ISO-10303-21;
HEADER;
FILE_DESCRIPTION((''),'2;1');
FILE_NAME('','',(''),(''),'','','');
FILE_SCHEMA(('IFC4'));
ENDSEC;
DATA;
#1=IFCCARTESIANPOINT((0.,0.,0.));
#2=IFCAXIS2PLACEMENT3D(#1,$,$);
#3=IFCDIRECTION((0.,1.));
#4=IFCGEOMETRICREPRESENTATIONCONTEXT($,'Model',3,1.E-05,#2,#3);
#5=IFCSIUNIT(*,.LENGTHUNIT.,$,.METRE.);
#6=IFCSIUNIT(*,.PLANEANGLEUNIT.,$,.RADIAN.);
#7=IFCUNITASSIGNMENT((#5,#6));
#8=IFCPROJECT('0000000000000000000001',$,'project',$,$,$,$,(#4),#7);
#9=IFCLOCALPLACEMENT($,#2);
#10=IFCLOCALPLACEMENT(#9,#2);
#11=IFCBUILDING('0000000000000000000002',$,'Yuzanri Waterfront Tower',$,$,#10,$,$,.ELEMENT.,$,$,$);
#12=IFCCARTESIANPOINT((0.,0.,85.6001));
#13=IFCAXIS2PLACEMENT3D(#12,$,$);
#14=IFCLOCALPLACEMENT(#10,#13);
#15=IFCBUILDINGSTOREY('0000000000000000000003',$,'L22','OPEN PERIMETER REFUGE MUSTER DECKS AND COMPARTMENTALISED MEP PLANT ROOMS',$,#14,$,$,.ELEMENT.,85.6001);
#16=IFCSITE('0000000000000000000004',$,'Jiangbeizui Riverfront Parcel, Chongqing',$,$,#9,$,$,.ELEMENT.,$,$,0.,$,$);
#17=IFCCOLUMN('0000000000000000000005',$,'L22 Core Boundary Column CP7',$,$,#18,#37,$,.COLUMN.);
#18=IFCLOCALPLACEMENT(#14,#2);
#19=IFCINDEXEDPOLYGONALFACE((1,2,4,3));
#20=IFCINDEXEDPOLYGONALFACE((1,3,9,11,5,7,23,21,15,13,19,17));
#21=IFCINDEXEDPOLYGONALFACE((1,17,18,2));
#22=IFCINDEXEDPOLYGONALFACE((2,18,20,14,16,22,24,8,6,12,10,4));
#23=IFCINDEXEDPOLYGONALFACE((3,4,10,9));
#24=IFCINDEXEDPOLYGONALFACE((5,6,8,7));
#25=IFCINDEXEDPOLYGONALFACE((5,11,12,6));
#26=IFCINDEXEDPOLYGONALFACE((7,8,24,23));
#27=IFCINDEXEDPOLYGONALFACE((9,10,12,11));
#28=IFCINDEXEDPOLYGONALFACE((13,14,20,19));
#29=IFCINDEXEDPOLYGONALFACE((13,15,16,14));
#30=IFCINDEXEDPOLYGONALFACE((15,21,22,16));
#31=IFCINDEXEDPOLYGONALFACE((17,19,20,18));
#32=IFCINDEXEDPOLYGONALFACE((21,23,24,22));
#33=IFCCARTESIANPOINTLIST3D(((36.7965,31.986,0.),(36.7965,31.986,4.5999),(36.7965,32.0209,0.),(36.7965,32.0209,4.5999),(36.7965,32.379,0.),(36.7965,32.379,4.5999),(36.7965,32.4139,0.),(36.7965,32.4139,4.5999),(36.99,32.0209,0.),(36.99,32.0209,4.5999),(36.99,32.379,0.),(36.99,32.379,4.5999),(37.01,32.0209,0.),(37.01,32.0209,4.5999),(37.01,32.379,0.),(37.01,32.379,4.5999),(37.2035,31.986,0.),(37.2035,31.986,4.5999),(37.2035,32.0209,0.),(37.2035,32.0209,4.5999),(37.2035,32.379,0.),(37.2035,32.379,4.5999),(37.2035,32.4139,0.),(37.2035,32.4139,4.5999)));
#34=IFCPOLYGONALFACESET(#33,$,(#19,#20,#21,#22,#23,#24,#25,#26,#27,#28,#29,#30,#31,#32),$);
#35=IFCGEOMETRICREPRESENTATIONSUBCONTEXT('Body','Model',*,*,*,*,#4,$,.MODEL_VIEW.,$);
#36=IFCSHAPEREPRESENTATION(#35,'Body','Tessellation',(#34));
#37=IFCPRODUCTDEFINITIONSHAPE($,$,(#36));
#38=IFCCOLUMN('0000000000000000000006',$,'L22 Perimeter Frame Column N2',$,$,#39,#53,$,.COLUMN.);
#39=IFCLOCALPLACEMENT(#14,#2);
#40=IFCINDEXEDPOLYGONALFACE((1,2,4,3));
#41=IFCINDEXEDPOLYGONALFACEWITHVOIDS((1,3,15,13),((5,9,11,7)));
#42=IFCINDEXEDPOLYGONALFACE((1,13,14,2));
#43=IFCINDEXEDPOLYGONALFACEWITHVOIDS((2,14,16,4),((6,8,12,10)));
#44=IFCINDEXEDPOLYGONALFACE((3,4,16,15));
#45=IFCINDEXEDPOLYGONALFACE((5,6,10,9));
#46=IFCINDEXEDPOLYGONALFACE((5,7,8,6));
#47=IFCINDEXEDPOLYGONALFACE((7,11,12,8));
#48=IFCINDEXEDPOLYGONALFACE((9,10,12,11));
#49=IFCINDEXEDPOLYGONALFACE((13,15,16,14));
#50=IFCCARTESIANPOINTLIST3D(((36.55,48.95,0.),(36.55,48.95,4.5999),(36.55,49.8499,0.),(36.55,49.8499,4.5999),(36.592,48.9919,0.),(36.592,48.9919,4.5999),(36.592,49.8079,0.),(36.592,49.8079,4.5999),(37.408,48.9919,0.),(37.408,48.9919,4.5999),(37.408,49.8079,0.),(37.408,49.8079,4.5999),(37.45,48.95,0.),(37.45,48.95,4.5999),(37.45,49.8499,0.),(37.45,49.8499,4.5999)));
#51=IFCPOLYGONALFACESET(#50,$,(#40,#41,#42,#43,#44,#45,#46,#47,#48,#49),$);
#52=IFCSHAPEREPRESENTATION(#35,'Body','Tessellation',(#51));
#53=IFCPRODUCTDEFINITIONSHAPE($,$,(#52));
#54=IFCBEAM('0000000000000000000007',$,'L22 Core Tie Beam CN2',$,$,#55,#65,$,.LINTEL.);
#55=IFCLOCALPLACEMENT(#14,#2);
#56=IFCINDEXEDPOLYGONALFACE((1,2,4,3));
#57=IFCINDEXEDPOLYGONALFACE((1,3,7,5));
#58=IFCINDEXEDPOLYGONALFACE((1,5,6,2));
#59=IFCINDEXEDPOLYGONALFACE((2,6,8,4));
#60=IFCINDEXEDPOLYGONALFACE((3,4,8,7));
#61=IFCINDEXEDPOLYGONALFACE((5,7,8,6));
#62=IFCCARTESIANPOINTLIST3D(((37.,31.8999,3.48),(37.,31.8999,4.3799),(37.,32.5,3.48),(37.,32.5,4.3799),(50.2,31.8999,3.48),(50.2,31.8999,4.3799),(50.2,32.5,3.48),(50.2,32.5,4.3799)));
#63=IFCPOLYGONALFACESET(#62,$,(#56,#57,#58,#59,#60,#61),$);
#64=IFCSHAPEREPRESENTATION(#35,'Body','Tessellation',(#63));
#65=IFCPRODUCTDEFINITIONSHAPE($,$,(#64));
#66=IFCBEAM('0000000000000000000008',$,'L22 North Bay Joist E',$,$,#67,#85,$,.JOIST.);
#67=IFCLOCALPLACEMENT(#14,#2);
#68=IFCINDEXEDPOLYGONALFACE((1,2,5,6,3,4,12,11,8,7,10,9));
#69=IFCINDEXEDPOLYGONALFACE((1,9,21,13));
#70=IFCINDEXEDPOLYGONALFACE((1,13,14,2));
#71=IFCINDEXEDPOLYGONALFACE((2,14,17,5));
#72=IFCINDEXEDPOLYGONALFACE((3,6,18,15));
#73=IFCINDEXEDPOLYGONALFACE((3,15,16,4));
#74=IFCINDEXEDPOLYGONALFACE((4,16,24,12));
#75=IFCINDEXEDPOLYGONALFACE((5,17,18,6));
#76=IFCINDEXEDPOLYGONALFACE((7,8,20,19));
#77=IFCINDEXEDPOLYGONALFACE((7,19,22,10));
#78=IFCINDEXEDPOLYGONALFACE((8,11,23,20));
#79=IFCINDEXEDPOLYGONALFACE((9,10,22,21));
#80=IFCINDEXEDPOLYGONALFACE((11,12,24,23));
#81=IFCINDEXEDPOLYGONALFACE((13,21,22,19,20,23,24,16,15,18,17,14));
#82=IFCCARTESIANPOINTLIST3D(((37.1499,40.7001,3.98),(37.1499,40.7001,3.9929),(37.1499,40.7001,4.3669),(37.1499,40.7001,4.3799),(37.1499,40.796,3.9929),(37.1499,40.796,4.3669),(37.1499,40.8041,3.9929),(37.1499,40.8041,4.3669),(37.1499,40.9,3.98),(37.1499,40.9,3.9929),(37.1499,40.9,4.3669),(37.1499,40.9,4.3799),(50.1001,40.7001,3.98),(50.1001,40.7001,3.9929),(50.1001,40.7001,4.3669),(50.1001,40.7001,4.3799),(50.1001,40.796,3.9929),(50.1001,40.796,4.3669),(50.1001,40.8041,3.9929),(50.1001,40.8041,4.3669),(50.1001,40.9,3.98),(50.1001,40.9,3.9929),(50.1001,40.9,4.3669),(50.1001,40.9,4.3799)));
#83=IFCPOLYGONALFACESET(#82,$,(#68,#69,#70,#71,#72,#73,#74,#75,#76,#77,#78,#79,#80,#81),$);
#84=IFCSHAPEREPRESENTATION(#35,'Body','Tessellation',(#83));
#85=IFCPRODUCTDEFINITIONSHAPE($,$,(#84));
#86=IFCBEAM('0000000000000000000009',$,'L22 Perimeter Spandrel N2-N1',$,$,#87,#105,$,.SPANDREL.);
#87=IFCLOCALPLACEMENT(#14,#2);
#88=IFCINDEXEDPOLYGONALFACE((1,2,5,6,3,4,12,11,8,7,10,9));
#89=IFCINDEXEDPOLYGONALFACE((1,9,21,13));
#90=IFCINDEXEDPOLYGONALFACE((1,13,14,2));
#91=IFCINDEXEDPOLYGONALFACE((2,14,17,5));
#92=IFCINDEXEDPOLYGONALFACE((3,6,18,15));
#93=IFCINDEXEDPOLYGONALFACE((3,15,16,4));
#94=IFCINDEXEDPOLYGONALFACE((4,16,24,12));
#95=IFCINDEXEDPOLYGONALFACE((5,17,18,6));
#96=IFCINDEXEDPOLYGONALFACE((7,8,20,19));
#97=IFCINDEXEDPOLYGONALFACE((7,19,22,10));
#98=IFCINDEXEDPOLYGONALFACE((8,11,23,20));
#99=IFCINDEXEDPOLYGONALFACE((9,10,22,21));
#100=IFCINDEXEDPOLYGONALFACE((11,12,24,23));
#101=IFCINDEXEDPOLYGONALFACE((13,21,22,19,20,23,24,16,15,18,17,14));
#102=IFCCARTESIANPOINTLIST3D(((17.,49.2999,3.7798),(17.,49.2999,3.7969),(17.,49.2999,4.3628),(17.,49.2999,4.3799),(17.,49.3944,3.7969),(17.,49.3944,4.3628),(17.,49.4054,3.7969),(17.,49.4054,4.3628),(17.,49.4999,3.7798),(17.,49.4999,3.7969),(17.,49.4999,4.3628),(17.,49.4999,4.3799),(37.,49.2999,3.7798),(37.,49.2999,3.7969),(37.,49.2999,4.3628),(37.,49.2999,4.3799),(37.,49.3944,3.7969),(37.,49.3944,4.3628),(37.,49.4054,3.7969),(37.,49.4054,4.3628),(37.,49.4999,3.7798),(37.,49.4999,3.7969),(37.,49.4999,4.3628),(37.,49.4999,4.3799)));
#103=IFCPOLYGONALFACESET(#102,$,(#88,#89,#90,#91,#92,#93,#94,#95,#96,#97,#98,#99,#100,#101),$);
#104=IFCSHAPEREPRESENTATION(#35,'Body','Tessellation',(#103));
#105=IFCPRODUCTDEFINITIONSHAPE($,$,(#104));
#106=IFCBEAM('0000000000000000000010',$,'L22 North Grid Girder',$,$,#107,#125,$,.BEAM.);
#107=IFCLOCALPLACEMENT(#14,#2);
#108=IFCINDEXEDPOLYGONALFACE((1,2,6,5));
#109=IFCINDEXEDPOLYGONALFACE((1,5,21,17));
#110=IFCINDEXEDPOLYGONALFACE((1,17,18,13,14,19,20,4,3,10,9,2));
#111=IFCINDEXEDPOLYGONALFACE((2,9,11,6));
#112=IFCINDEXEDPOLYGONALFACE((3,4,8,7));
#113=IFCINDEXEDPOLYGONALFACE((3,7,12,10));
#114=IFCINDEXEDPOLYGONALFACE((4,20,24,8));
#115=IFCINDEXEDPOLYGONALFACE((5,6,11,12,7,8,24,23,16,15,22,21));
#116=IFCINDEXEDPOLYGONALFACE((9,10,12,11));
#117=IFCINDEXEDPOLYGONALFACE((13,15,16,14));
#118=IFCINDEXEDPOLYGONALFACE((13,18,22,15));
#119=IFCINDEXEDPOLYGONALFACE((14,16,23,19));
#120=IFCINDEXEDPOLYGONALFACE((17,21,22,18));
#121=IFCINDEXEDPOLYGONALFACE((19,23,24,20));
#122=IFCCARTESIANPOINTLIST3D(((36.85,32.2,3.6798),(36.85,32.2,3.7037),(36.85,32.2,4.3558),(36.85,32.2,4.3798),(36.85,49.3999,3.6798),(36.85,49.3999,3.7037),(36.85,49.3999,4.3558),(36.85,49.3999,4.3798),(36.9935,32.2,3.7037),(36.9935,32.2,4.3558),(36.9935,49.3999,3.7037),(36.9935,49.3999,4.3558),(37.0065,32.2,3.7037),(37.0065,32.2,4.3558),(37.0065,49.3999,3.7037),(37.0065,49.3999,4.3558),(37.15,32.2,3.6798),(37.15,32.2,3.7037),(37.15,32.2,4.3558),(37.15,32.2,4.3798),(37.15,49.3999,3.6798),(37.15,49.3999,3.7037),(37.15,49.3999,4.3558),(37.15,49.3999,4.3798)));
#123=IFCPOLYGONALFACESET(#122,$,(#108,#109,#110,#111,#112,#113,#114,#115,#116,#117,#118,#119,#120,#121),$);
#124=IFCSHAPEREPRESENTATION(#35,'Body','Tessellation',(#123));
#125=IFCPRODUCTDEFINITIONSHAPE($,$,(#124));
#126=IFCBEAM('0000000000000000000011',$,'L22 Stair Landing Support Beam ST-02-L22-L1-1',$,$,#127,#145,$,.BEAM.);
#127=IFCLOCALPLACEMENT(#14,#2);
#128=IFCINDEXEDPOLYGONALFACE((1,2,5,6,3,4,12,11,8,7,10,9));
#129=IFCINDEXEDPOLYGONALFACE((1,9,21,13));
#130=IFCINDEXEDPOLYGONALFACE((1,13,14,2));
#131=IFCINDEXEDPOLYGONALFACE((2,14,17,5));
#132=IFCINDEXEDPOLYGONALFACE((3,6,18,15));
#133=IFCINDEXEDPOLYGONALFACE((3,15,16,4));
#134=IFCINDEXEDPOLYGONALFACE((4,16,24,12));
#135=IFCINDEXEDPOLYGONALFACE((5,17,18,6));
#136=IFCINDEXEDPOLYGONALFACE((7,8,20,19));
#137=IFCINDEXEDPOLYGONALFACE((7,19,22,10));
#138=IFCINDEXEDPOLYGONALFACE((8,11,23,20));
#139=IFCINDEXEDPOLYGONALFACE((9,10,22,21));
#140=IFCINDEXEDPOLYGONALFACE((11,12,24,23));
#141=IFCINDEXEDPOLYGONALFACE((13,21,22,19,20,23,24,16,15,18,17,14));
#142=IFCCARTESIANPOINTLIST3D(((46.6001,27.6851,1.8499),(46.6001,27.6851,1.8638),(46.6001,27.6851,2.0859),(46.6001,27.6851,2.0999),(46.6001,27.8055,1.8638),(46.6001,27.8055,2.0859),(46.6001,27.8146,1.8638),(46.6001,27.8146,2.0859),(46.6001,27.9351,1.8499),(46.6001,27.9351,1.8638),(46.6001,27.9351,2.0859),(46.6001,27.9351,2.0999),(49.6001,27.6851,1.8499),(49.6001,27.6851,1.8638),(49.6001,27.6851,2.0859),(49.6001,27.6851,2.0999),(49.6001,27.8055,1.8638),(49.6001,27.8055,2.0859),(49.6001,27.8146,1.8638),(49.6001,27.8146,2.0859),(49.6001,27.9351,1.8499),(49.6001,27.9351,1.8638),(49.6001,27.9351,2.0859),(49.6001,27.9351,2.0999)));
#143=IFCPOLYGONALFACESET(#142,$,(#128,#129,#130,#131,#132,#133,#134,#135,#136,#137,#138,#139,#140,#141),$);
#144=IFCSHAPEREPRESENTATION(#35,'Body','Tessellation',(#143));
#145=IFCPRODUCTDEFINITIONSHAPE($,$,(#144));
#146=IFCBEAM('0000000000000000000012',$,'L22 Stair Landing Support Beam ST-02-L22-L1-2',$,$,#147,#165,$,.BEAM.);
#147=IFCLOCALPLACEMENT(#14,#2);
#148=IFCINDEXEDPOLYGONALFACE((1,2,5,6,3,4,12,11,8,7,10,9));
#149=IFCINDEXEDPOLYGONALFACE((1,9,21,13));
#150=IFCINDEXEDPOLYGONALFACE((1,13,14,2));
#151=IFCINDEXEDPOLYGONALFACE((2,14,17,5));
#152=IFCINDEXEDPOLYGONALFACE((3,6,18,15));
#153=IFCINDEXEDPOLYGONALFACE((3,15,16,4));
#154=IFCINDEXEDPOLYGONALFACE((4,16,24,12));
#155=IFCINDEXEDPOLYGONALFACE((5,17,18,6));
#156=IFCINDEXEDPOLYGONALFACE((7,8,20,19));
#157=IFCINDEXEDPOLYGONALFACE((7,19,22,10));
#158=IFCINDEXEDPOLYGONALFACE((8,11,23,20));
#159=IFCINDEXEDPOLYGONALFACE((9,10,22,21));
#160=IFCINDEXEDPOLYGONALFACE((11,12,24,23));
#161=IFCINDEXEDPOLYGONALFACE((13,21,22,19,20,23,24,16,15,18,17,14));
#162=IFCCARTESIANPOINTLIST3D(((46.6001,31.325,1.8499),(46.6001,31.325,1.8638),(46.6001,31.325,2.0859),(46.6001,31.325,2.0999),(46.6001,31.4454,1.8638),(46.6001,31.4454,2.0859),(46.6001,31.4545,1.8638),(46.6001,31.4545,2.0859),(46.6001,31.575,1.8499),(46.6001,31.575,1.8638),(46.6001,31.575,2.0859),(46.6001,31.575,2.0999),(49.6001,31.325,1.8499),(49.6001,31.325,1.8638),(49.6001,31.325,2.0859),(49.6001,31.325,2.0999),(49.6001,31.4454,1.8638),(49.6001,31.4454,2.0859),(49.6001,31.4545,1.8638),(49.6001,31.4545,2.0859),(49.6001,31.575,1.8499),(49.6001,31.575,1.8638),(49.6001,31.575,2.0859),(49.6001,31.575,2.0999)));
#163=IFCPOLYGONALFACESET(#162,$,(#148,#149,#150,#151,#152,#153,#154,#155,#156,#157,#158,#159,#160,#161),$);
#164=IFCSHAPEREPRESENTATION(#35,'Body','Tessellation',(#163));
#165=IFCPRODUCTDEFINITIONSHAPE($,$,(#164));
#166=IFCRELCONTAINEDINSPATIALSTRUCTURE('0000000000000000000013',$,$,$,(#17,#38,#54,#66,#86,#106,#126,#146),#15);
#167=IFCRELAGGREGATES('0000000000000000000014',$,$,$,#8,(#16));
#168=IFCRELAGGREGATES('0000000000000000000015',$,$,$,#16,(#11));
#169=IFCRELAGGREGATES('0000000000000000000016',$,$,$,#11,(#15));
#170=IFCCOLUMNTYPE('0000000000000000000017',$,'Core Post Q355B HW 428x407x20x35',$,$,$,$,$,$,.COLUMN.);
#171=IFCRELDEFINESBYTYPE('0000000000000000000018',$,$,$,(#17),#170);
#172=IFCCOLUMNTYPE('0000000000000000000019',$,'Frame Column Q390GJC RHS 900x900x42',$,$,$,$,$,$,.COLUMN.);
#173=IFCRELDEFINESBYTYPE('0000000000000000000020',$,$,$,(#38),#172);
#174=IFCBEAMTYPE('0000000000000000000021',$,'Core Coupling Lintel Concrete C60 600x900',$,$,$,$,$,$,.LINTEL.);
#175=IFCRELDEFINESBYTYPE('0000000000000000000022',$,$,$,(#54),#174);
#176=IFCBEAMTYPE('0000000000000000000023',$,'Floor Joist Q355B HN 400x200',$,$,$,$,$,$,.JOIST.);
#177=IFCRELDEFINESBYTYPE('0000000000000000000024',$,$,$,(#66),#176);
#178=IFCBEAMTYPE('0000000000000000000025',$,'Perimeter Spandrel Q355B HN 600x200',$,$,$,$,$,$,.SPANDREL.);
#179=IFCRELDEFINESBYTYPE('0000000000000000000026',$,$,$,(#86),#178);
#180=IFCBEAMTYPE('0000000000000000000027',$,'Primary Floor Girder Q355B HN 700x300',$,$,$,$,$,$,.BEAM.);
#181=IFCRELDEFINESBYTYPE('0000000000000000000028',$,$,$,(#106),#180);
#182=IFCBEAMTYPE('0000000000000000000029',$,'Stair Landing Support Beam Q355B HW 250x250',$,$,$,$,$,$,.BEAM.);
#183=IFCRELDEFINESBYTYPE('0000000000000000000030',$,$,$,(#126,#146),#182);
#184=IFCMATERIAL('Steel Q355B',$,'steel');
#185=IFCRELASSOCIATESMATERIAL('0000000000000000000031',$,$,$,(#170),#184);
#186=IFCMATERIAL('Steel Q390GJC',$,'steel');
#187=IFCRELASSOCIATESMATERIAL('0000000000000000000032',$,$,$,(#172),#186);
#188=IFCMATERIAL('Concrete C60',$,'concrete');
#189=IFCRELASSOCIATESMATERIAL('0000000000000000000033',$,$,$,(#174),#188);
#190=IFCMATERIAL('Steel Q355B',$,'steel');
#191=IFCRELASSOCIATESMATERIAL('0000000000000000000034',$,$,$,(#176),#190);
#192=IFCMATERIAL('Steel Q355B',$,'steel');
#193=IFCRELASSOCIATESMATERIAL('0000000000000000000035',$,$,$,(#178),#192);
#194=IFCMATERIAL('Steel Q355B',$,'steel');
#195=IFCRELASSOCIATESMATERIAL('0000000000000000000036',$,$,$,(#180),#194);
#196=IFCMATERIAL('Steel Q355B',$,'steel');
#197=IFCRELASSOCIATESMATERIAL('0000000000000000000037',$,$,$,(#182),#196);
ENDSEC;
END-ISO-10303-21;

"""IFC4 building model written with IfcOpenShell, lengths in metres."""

from ifc_helpers import new_model, si_unit, direction, frame, origin, origin_2d, place, context, subcontext, project, spatial, rectangle, hollow_rectangle, i_section, extrude, source, transform, mapped, material, material_profile, profile_set, type_object, element, save


model = new_model("IFC4")

# Units and contexts
model_context = context("Model", 3, precision=1e-05, world=origin(), true_north=direction((0.0, 1.0)))
body_context = subcontext(model_context, "Body", "Model", "MODEL_VIEW")
ifc_project = project(units=[si_unit("LENGTHUNIT", "METRE"), si_unit("PLANEANGLEUNIT", "RADIAN")], contexts=[model_context])

# Site, building, storey
site_placement = place(None, origin())
site = spatial("IfcSite", under=ifc_project, at=site_placement, Name="Jiangbeizui Riverfront Parcel, Chongqing", CompositionType="ELEMENT", RefElevation=0.0)
building_placement = place(site_placement, origin())
building = spatial("IfcBuilding", under=site, at=building_placement, Name="Yuzanri Waterfront Tower", CompositionType="ELEMENT")
storey_placement = place(building_placement, frame((0.0, 0.0, 85.6001)))
storey = spatial("IfcBuildingStorey", under=building, at=storey_placement, Name="L22", Description="OPEN PERIMETER REFUGE MUSTER DECKS AND COMPARTMENTALISED MEP PLANT ROOMS", CompositionType="ELEMENT", Elevation=85.6001)

# Columns
ifc_material_1 = material(Name="Steel Q355B", Category="steel")
ifc_material_profile_1 = material_profile(ifc_material_1, i_section(OverallWidth=0.407, OverallDepth=0.428, WebThickness=0.02, FlangeThickness=0.0349, at=origin_2d()), Name="HW 428x407x20x35")
ifc_profile_set_1 = profile_set([ifc_material_profile_1], Name="Steel Q355B")
column_type_1 = type_object("IfcColumnType", Name="Core Post Q355B HW 428x407x20x35", PredefinedType="COLUMN", material=ifc_profile_set_1)
shared_shape_1 = source(origin(), body_context, "Body", "SweptSolid", [
    extrude(i_section(OverallWidth=0.407, OverallDepth=0.428, WebThickness=0.02, FlangeThickness=0.0349, at=origin_2d()), origin(), (0.0, 0.0, 1.0), 4.5999),
])
column_1_placement = place(storey_placement, frame((37.0, 32.2, 0.0), z_axis=(0.0, 0.0, 1.0), x_axis=(1.0, 0.0, 0.0)))
element("IfcColumn", 1, at=column_1_placement, inside=storey, type_object=column_type_1, Name="L22 Core Boundary Column CP7", PredefinedType="COLUMN", context=body_context, shape_type="MappedRepresentation", body=[
    mapped(shared_shape_1, transform((0.0, 0.0, 0.0), scale=1.0)),
])
ifc_material_2 = material(Name="Steel Q390GJC", Category="steel")
ifc_material_profile_2 = material_profile(ifc_material_2, hollow_rectangle(XDim=0.8999, YDim=0.8999, WallThickness=0.042, at=origin_2d()), Name="RHS 900x900x42")
ifc_profile_set_2 = profile_set([ifc_material_profile_2], Name="Steel Q390GJC")
column_type_2 = type_object("IfcColumnType", Name="Frame Column Q390GJC RHS 900x900x42", PredefinedType="COLUMN", material=ifc_profile_set_2)
shared_shape_2 = source(origin(), body_context, "Body", "SweptSolid", [
    extrude(hollow_rectangle(XDim=0.8999, YDim=0.8999, WallThickness=0.042, at=origin_2d()), origin(), (0.0, 0.0, 1.0), 4.5999),
])
column_2_placement = place(storey_placement, frame((37.0, 49.3999, 0.0), z_axis=(0.0, 0.0, 1.0), x_axis=(1.0, 0.0, 0.0)))
element("IfcColumn", 2, at=column_2_placement, inside=storey, type_object=column_type_2, Name="L22 Perimeter Frame Column N2", PredefinedType="COLUMN", context=body_context, shape_type="MappedRepresentation", body=[
    mapped(shared_shape_2, transform((0.0, 0.0, 0.0), scale=1.0)),
])

# Beams
ifc_material_3 = material(Name="Concrete C60", Category="concrete")
ifc_material_profile_3 = material_profile(ifc_material_3, rectangle(XDim=0.6001, YDim=0.8999, at=origin_2d()), Name="RC 600x900")
ifc_profile_set_3 = profile_set([ifc_material_profile_3], Name="Concrete C60")
beam_type_1 = type_object("IfcBeamType", Name="Core Coupling Lintel Concrete C60 600x900", PredefinedType="LINTEL", material=ifc_profile_set_3)
shared_shape_3 = source(origin(), body_context, "Body", "SweptSolid", [
    extrude(rectangle(XDim=0.6001, YDim=0.8999, at=origin_2d()), origin(), (0.0, 0.0, 1.0), 13.2),
])
beam_1_placement = place(storey_placement, frame((37.0, 32.2, 3.9299), z_axis=(1.0, 0.0, 0.0), x_axis=(0.0, 1.0, 0.0)))
element("IfcBeam", 3, at=beam_1_placement, inside=storey, type_object=beam_type_1, Name="L22 Core Tie Beam CN2", PredefinedType="LINTEL", context=body_context, shape_type="MappedRepresentation", body=[
    mapped(shared_shape_3, transform((0.0, 0.0, 0.0), scale=1.0)),
])
ifc_material_4 = material(Name="Steel Q355B", Category="steel")
ifc_material_profile_4 = material_profile(ifc_material_4, i_section(OverallWidth=0.2, OverallDepth=0.3999, WebThickness=0.0081, FlangeThickness=0.0129, at=origin_2d()), Name="HN 400x200x8x13")
ifc_profile_set_4 = profile_set([ifc_material_profile_4], Name="Steel Q355B")
beam_type_2 = type_object("IfcBeamType", Name="Floor Joist Q355B HN 400x200", PredefinedType="JOIST", material=ifc_profile_set_4)
shared_shape_4 = source(origin(), body_context, "Body", "SweptSolid", [
    extrude(i_section(OverallWidth=0.2, OverallDepth=0.3999, WebThickness=0.0081, FlangeThickness=0.0129, at=origin_2d()), origin(), (0.0, 0.0, 1.0), 12.9502),
])
beam_2_placement = place(storey_placement, frame((37.1499, 40.8, 4.1799), z_axis=(1.0, 0.0, 0.0), x_axis=(0.0, 1.0, 0.0)))
element("IfcBeam", 4, at=beam_2_placement, inside=storey, type_object=beam_type_2, Name="L22 North Bay Joist E", PredefinedType="JOIST", context=body_context, shape_type="MappedRepresentation", body=[
    mapped(shared_shape_4, transform((0.0, 0.0, 0.0), scale=1.0)),
])
ifc_material_5 = material(Name="Steel Q355B", Category="steel")
ifc_material_profile_5 = material_profile(ifc_material_5, i_section(OverallWidth=0.2, OverallDepth=0.6001, WebThickness=0.011, FlangeThickness=0.0171, at=origin_2d()), Name="HN 600x200x11x17")
ifc_profile_set_5 = profile_set([ifc_material_profile_5], Name="Steel Q355B")
beam_type_3 = type_object("IfcBeamType", Name="Perimeter Spandrel Q355B HN 600x200", PredefinedType="SPANDREL", material=ifc_profile_set_5)
shared_shape_5 = source(origin(), body_context, "Body", "SweptSolid", [
    extrude(i_section(OverallWidth=0.2, OverallDepth=0.6001, WebThickness=0.011, FlangeThickness=0.0171, at=origin_2d()), origin(), (0.0, 0.0, 1.0), 20.0),
])
beam_3_placement = place(storey_placement, frame((37.0, 49.3999, 4.0798), z_axis=(-1.0, 0.0, 0.0), x_axis=(0.0, -1.0, 0.0)))
element("IfcBeam", 5, at=beam_3_placement, inside=storey, type_object=beam_type_3, Name="L22 Perimeter Spandrel N2-N1", PredefinedType="SPANDREL", context=body_context, shape_type="MappedRepresentation", body=[
    mapped(shared_shape_5, transform((0.0, 0.0, 0.0), scale=1.0)),
])
ifc_material_6 = material(Name="Steel Q355B", Category="steel")
ifc_material_profile_6 = material_profile(ifc_material_6, i_section(OverallWidth=0.3, OverallDepth=0.7, WebThickness=0.0129, FlangeThickness=0.0239, at=origin_2d()), Name="HN 700x300x13x24")
ifc_profile_set_6 = profile_set([ifc_material_profile_6], Name="Steel Q355B")
beam_type_4 = type_object("IfcBeamType", Name="Primary Floor Girder Q355B HN 700x300", PredefinedType="BEAM", material=ifc_profile_set_6)
shared_shape_6 = source(origin(), body_context, "Body", "SweptSolid", [
    extrude(i_section(OverallWidth=0.3, OverallDepth=0.7, WebThickness=0.0129, FlangeThickness=0.0239, at=origin_2d()), origin(), (0.0, 0.0, 1.0), 17.2),
])
beam_4_placement = place(storey_placement, frame((37.0, 32.2, 4.0298), z_axis=(0.0, 1.0, 0.0), x_axis=(-1.0, 0.0, 0.0)))
element("IfcBeam", 6, at=beam_4_placement, inside=storey, type_object=beam_type_4, Name="L22 North Grid Girder", PredefinedType="BEAM", context=body_context, shape_type="MappedRepresentation", body=[
    mapped(shared_shape_6, transform((0.0, 0.0, 0.0), scale=1.0)),
])
ifc_material_7 = material(Name="Steel Q355B", Category="steel")
ifc_material_profile_7 = material_profile(ifc_material_7, i_section(OverallWidth=0.25, OverallDepth=0.25, WebThickness=0.009, FlangeThickness=0.0139, at=origin_2d()), Name="HW 250x250x9x14")
ifc_profile_set_7 = profile_set([ifc_material_profile_7], Name="Steel Q355B")
beam_type_5 = type_object("IfcBeamType", Name="Stair Landing Support Beam Q355B HW 250x250", PredefinedType="BEAM", material=ifc_profile_set_7)
shared_shape_7 = source(origin(), body_context, "Body", "SweptSolid", [
    extrude(i_section(OverallWidth=0.25, OverallDepth=0.25, WebThickness=0.009, FlangeThickness=0.0139, at=origin_2d()), origin(), (0.0, 0.0, 1.0), 3.0),
])
for number, where, z_axis, x_axis, name in (
    (7, (46.6001, 27.8101, 1.9749), (1.0, 0.0, 0.0), (0.0, 1.0, 0.0), "L22 Stair Landing Support Beam ST-02-L22-L1-1"),
    (8, (46.6001, 31.45, 1.9749), (1.0, 0.0, 0.0), (0.0, 1.0, 0.0), "L22 Stair Landing Support Beam ST-02-L22-L1-2"),
):
    element("IfcBeam", number, at=place(storey_placement, frame(where, z_axis=z_axis, x_axis=x_axis)), inside=storey, type_object=beam_type_5, Name=name, PredefinedType="BEAM", context=body_context, shape_type="MappedRepresentation", body=[
        mapped(shared_shape_7, transform((0.0, 0.0, 0.0), scale=1.0)),
    ])

save(model, "model.ifc")
